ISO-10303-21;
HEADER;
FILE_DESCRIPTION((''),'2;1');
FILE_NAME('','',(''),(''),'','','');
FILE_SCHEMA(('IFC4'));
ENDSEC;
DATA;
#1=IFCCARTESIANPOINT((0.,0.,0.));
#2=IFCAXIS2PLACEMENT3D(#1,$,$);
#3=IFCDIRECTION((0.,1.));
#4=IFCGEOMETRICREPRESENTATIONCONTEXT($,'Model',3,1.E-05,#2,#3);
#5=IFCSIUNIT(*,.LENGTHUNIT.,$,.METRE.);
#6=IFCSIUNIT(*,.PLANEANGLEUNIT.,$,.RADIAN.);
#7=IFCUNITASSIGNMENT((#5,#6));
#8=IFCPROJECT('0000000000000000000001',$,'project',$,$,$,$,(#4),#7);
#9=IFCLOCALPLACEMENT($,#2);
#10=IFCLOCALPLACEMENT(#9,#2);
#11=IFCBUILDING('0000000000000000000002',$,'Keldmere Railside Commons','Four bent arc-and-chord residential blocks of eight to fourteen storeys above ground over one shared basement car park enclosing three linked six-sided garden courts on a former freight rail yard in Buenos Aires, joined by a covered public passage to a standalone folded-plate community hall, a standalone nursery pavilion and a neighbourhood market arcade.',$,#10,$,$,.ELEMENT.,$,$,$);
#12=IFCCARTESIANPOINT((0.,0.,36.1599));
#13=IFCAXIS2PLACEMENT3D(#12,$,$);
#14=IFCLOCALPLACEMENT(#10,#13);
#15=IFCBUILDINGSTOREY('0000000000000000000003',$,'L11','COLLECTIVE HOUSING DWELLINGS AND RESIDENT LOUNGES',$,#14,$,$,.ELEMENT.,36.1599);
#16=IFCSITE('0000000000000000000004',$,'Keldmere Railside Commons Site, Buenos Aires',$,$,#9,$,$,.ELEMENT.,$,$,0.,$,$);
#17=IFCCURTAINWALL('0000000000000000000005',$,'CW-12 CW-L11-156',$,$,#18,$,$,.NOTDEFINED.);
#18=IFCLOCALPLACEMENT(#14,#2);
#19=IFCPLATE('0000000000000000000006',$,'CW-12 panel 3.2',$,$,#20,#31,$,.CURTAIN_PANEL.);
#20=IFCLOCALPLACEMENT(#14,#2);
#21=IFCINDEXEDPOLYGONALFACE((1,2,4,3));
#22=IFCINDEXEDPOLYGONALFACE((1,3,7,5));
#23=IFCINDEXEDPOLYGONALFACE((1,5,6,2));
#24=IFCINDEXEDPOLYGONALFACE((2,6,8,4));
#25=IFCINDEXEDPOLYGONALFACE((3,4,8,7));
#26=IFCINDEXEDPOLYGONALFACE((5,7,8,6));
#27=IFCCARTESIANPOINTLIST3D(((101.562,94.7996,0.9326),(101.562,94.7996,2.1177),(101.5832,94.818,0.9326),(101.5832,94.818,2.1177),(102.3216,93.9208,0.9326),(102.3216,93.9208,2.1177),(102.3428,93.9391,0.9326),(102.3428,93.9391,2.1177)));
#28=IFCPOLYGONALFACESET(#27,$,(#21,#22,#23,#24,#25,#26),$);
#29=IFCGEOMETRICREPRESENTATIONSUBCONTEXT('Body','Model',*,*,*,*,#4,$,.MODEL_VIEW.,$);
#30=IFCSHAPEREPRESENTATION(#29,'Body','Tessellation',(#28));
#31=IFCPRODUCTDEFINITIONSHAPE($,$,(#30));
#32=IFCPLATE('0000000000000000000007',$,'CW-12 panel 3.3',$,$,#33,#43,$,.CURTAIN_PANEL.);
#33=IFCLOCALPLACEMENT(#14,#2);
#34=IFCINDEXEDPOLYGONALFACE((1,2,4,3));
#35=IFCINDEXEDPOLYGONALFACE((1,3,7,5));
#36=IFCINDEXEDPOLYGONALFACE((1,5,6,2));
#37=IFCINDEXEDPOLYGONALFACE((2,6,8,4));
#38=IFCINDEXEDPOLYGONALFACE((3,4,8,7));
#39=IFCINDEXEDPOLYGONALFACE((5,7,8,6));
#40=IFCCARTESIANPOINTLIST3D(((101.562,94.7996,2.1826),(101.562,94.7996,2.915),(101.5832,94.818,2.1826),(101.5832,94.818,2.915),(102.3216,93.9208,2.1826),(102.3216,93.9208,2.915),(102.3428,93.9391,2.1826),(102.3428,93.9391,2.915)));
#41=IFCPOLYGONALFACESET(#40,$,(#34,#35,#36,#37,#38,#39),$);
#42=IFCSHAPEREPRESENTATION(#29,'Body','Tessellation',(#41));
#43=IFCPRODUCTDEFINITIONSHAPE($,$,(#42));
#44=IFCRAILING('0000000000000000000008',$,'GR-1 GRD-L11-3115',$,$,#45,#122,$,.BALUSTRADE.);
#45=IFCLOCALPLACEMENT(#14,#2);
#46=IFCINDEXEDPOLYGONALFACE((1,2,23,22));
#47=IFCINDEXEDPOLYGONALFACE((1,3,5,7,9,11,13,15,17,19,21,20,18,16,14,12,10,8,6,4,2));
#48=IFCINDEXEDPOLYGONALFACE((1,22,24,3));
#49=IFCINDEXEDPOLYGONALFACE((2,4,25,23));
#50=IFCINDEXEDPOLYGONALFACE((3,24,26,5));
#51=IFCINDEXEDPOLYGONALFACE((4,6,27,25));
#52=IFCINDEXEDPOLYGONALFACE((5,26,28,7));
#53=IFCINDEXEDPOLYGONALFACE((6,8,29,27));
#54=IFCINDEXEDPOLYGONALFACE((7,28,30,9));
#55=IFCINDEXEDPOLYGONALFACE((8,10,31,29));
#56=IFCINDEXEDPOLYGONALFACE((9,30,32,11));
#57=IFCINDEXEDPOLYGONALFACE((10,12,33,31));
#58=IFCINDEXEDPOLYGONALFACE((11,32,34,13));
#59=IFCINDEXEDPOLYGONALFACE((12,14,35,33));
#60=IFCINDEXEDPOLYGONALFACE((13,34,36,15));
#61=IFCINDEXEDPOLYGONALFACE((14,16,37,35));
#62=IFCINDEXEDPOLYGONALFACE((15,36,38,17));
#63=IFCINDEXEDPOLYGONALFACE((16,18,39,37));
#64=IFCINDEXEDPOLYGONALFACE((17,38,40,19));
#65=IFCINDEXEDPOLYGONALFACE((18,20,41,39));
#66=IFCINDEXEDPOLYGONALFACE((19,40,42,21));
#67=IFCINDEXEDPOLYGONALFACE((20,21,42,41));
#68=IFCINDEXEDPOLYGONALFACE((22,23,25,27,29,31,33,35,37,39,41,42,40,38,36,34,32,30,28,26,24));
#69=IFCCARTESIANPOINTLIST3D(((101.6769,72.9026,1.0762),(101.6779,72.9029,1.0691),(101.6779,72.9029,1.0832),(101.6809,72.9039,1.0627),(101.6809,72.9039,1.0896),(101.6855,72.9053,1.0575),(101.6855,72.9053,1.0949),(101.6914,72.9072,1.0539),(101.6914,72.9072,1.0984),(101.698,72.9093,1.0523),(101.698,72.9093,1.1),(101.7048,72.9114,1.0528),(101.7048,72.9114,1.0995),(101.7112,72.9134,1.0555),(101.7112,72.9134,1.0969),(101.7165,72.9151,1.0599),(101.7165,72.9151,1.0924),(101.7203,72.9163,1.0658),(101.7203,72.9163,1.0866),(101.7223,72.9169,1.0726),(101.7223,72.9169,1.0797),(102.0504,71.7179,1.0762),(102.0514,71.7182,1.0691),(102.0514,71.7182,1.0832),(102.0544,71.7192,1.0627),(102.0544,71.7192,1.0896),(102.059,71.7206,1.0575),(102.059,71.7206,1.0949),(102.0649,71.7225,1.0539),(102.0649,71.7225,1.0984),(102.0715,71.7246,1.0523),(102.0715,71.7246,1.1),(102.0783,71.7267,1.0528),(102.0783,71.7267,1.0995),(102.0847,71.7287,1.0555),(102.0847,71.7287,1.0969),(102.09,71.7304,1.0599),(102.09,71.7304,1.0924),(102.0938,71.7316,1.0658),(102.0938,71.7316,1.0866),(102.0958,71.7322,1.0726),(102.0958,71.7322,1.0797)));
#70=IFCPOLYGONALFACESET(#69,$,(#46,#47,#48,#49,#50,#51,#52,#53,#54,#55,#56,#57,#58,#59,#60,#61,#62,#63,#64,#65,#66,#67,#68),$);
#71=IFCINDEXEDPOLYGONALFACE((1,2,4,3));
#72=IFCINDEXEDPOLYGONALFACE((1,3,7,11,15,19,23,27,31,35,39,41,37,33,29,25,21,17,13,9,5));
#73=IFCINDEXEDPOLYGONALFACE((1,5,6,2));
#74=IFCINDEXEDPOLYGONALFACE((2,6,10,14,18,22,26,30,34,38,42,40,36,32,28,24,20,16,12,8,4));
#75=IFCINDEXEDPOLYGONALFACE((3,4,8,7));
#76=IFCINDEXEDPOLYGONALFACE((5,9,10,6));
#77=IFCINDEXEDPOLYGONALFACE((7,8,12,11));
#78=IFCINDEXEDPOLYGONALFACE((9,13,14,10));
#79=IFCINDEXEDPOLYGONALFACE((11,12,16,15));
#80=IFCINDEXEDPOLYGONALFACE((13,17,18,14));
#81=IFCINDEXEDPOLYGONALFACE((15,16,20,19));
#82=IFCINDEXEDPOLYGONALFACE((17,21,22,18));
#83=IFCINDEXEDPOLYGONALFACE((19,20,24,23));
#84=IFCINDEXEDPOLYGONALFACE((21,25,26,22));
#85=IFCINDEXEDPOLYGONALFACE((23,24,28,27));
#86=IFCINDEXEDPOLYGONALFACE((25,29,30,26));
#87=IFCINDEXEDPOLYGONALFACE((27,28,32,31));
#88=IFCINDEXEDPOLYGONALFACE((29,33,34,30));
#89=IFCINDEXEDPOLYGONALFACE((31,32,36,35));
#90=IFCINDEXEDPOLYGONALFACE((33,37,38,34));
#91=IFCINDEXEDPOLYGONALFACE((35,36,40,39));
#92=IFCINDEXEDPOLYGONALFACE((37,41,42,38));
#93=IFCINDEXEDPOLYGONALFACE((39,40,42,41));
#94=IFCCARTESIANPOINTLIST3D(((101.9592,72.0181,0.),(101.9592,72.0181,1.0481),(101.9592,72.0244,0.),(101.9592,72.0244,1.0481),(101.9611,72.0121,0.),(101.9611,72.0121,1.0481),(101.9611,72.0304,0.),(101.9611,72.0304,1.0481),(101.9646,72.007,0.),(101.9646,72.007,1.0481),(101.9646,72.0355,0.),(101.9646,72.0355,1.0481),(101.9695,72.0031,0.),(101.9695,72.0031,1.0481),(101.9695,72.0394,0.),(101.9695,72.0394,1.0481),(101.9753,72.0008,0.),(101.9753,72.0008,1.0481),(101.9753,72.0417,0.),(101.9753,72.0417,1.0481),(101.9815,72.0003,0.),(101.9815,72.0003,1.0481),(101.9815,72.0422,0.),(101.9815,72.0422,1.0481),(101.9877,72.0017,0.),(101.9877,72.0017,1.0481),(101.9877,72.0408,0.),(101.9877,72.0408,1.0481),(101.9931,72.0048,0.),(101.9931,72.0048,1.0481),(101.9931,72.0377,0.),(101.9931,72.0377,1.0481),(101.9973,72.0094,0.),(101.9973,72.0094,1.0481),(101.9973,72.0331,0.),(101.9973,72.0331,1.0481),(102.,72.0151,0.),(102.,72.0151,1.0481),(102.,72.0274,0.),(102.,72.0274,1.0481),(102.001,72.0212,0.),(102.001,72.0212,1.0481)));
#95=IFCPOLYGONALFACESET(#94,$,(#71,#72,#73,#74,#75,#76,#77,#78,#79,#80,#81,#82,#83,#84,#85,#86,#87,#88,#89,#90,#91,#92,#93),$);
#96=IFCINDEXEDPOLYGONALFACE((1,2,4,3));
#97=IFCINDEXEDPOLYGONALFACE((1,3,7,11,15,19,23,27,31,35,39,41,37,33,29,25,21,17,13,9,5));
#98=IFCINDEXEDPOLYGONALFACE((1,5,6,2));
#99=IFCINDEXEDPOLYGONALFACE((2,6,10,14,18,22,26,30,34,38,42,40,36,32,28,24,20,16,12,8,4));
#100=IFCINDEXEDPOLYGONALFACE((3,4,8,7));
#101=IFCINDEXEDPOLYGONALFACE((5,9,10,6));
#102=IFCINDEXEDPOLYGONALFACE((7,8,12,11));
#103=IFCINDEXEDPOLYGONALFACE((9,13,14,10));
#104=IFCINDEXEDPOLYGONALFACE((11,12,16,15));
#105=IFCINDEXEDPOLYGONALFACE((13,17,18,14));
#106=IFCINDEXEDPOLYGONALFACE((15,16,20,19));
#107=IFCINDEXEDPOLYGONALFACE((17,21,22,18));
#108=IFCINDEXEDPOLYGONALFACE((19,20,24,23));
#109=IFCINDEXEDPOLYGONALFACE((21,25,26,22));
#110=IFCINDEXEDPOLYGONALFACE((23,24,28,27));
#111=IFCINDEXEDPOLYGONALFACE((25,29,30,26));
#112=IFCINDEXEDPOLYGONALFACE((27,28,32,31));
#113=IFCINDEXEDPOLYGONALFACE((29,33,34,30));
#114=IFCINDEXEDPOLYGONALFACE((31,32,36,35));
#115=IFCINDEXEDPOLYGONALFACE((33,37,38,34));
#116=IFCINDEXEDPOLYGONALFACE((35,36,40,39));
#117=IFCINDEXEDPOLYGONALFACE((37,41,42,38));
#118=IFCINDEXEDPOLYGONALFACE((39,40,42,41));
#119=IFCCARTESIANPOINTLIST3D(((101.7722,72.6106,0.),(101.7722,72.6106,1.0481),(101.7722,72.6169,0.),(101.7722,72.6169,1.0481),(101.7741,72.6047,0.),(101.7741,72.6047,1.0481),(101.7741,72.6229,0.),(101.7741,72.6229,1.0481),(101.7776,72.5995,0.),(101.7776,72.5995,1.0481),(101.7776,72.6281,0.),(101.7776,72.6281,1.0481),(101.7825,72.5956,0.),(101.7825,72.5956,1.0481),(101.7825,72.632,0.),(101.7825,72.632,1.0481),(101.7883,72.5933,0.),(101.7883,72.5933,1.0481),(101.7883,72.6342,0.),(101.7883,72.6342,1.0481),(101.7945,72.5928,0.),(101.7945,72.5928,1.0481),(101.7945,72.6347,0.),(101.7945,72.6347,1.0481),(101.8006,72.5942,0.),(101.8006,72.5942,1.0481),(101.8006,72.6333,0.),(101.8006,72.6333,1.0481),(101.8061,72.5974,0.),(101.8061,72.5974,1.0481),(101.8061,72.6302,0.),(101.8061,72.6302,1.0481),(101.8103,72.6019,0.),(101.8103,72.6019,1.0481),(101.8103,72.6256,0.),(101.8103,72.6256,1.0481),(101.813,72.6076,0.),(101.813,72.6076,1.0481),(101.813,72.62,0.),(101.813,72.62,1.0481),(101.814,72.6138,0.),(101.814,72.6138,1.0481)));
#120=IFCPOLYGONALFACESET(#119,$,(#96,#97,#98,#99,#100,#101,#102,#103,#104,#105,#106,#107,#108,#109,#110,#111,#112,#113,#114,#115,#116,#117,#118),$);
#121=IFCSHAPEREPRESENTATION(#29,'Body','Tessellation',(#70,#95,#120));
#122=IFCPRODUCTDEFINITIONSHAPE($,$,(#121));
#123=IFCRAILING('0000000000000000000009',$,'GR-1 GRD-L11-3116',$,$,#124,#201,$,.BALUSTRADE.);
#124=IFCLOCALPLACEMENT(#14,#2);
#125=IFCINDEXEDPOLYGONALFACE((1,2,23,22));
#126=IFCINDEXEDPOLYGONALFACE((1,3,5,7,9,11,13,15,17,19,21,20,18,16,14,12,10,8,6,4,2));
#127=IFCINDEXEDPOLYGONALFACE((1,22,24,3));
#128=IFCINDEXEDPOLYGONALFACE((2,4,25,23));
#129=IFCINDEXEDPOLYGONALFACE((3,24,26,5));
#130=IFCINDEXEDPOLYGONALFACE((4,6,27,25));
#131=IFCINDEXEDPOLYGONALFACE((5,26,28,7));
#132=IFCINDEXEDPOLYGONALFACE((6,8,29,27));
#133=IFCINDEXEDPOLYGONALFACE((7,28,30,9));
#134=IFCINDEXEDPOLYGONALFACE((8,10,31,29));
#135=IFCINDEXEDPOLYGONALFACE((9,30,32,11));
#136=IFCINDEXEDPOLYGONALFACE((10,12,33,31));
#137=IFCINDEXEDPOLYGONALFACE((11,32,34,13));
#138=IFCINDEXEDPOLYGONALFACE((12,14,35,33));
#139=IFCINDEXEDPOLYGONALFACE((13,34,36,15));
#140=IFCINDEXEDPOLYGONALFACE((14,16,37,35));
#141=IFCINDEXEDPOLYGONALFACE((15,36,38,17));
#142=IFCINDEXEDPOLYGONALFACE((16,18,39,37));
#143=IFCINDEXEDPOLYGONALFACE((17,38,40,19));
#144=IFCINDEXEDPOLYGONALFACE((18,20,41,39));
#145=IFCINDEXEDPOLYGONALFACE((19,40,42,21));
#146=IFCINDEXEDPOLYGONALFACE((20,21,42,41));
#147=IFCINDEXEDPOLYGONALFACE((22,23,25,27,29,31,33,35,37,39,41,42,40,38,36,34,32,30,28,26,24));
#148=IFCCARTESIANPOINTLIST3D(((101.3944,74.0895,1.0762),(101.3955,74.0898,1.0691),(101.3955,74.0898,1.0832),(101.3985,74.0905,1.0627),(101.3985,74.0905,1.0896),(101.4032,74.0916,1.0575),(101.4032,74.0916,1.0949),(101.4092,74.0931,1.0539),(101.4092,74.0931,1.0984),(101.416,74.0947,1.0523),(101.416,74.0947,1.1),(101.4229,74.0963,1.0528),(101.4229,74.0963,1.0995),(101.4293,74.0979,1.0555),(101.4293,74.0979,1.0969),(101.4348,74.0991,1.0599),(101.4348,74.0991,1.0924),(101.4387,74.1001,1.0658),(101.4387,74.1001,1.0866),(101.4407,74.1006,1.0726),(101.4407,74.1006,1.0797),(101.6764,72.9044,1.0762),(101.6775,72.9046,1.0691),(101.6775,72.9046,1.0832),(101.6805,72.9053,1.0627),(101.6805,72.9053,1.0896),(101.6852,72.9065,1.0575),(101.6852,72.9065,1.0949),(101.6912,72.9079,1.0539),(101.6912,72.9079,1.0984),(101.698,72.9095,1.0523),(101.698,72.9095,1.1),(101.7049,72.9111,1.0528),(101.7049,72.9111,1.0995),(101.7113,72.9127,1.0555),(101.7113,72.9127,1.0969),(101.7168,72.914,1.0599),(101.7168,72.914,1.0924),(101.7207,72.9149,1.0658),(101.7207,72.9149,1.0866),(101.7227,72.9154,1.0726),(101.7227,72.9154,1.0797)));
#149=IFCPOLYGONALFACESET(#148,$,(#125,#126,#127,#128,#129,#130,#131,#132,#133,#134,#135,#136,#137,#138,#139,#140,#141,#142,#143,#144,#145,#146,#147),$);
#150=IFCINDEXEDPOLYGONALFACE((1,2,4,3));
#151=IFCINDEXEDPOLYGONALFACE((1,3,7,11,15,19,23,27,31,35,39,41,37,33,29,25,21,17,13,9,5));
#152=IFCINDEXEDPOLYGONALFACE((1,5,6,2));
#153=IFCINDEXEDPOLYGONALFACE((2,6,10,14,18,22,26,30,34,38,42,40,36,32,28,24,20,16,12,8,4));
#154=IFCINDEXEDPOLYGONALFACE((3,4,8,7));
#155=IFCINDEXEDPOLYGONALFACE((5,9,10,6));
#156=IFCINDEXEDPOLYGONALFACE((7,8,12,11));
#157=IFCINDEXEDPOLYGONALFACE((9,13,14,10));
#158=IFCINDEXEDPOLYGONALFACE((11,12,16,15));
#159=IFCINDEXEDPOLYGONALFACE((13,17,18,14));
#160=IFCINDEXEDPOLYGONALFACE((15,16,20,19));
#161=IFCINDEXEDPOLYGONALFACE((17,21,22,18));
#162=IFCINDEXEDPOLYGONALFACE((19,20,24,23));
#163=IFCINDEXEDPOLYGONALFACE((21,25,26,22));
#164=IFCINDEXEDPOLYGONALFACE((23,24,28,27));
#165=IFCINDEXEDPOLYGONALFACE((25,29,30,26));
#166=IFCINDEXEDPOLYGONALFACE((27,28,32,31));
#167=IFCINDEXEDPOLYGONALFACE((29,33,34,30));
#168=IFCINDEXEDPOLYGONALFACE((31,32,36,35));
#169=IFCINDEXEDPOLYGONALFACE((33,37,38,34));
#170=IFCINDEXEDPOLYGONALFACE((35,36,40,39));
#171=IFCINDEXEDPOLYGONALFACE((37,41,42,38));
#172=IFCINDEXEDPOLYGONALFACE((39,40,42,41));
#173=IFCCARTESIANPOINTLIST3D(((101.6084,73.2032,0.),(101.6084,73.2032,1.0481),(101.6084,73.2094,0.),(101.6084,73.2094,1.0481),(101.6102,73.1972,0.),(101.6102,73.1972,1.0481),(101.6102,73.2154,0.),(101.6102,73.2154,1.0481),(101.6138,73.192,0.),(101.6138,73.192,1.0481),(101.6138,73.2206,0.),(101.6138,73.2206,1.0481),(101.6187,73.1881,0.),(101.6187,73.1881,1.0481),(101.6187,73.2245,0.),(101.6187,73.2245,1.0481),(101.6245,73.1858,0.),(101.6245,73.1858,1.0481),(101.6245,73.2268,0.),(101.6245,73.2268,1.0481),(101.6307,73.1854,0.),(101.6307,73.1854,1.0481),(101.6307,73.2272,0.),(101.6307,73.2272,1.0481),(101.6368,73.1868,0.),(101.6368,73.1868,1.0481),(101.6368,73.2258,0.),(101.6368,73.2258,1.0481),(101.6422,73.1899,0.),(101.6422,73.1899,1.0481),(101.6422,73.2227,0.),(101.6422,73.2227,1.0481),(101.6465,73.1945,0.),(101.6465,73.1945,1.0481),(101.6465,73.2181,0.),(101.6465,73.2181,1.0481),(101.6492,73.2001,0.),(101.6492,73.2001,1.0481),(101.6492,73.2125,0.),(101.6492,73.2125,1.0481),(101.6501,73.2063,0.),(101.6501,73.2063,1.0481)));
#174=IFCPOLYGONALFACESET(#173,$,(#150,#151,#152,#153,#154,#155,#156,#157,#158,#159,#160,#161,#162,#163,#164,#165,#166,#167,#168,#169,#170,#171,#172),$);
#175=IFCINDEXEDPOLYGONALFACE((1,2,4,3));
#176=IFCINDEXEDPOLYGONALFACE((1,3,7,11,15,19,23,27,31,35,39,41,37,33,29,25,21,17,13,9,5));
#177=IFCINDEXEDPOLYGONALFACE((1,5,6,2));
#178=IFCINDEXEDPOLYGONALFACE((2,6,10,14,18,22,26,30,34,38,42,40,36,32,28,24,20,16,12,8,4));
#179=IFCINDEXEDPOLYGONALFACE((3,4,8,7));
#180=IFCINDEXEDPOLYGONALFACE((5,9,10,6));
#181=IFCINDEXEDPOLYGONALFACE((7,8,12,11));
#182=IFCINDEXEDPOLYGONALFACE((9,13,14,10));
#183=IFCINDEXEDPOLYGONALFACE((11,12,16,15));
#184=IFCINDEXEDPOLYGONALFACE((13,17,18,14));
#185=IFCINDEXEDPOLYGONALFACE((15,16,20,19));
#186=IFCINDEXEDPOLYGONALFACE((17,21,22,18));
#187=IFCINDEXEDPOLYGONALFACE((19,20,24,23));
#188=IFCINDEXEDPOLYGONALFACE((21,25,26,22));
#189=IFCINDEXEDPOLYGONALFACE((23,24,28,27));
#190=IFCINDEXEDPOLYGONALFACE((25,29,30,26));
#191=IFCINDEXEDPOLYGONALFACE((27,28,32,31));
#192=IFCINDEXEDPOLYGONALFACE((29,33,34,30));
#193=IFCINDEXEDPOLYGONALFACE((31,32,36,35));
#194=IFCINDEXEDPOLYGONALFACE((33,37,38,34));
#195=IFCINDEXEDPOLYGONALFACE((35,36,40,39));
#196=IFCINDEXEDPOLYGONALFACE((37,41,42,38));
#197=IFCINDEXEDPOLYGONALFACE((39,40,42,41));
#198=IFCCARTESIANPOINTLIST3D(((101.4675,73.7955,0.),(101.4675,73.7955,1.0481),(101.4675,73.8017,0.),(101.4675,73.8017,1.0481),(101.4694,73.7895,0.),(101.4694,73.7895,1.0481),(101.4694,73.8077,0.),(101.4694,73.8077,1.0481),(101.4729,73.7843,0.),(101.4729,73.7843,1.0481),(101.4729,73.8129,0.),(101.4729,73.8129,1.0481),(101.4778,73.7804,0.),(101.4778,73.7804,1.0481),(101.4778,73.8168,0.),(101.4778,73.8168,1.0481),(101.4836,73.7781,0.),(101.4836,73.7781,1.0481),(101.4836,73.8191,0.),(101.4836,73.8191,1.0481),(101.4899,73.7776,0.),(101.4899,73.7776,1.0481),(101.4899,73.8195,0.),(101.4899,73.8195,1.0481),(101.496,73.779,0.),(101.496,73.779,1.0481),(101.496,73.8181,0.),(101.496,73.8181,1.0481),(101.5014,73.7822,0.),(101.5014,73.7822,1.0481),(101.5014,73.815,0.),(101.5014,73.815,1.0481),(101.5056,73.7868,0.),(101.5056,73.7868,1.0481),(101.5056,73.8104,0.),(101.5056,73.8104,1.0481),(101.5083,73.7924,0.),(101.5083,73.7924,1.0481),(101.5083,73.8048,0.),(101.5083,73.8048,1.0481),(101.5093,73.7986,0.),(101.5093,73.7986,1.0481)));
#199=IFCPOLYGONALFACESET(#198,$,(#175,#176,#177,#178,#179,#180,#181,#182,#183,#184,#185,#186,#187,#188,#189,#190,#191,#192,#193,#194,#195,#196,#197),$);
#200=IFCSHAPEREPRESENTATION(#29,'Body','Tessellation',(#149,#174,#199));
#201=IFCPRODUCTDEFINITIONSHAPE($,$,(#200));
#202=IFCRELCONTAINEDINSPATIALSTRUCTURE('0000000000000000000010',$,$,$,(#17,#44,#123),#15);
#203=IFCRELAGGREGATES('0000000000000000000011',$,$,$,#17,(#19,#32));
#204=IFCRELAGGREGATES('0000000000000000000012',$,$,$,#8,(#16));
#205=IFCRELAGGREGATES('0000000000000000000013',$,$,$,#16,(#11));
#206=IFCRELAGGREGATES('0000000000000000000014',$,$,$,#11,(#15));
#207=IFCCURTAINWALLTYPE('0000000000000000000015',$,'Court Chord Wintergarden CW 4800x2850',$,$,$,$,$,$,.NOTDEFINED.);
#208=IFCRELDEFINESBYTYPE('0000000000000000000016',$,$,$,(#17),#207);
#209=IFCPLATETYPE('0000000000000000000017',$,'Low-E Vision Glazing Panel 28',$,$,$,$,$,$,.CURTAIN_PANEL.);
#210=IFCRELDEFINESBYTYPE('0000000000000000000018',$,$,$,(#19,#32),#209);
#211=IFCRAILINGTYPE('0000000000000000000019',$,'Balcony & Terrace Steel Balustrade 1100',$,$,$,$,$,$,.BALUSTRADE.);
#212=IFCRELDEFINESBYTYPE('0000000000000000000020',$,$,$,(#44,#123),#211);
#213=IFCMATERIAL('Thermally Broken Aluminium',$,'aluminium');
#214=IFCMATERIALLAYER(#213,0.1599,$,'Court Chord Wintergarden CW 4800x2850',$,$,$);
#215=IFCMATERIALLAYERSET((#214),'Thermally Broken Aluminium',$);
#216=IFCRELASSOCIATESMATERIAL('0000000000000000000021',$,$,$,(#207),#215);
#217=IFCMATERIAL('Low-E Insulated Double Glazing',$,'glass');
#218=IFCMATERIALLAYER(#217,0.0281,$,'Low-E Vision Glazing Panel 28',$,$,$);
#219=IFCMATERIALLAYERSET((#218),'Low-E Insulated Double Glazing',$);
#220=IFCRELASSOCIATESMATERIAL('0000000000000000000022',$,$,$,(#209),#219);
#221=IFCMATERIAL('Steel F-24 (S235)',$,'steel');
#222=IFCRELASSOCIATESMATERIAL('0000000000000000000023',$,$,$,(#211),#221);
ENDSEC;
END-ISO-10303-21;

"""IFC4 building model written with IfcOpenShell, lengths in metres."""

from ifc_helpers import new_model, si_unit, direction, frame, origin, origin_2d, place, context, subcontext, project, spatial, rectangle, circle, extrude, material, layer, layer_set, type_object, element, aggregate, save


model = new_model("IFC4")

# Units and contexts
model_context = context("Model", 3, precision=1e-05, world=origin(), true_north=direction((0.0, 1.0)))
body_context = subcontext(model_context, "Body", "Model", "MODEL_VIEW")
ifc_project = project(units=[si_unit("LENGTHUNIT", "METRE"), si_unit("PLANEANGLEUNIT", "RADIAN")], contexts=[model_context])

# Site, building, storey
site_placement = place(None, origin())
site = spatial("IfcSite", under=ifc_project, at=site_placement, Name="Keldmere Railside Commons Site, Buenos Aires", CompositionType="ELEMENT", RefElevation=0.0)
building_placement = place(site_placement, origin())
building = spatial("IfcBuilding", under=site, at=building_placement, Name="Keldmere Railside Commons", Description="Four bent arc-and-chord residential blocks of eight to fourteen storeys above ground over one shared basement car park enclosing three linked six-sided garden courts on a former freight rail yard in Buenos Aires, joined by a covered public passage to a standalone folded-plate community hall, a standalone nursery pavilion and a neighbourhood market arcade.", CompositionType="ELEMENT")
storey_placement = place(building_placement, frame((0.0, 0.0, 36.1599)))
storey = spatial("IfcBuildingStorey", under=building, at=storey_placement, Name="L11", Description="COLLECTIVE HOUSING DWELLINGS AND RESIDENT LOUNGES", CompositionType="ELEMENT", Elevation=36.1599)

# Curtain wall
ifc_material_1 = material(Name="Thermally Broken Aluminium", Category="aluminium")
ifc_layer_1 = layer(ifc_material_1, 0.1599, Name="Court Chord Wintergarden CW 4800x2850")
ifc_layer_set_1 = layer_set([ifc_layer_1], Name="Thermally Broken Aluminium")
curtain_wall_type_1 = type_object("IfcCurtainWallType", Name="Court Chord Wintergarden CW 4800x2850", PredefinedType="NOTDEFINED", material=ifc_layer_set_1)
curtain_wall_1_placement = place(storey_placement, origin())
curtain_wall_1 = element("IfcCurtainWall", 1, at=curtain_wall_1_placement, inside=storey, type_object=curtain_wall_type_1, Name="CW-12 CW-L11-156", PredefinedType="NOTDEFINED")

# Plates
ifc_material_2 = material(Name="Low-E Insulated Double Glazing", Category="glass")
ifc_layer_2 = layer(ifc_material_2, 0.0281, Name="Low-E Vision Glazing Panel 28")
ifc_layer_set_2 = layer_set([ifc_layer_2], Name="Low-E Insulated Double Glazing")
plate_type = type_object("IfcPlateType", Name="Low-E Vision Glazing Panel 28", PredefinedType="CURTAIN_PANEL", material=ifc_layer_set_2)
plate_1_placement = place(storey_placement, frame((101.9524, 94.3694, 0.9326), z_axis=(0.0, 0.0, 1.0), x_axis=(-0.653882, 0.756597, 0.0)))
plate_1 = element("IfcPlate", 2, at=plate_1_placement, type_object=plate_type, Name="CW-12 panel 3.2", PredefinedType="CURTAIN_PANEL", context=body_context, shape_type="SweptSolid", body=[
    extrude(rectangle(XDim=1.1616, YDim=0.0281, at=origin_2d()), origin(), (0.0, 0.0, 1.0), 1.1851),
])
plate_2_placement = place(storey_placement, frame((101.9524, 94.3694, 2.1826), z_axis=(0.0, 0.0, 1.0), x_axis=(-0.653882, 0.756597, 0.0)))
plate_2 = element("IfcPlate", 3, at=plate_2_placement, type_object=plate_type, Name="CW-12 panel 3.3", PredefinedType="CURTAIN_PANEL", context=body_context, shape_type="SweptSolid", body=[
    extrude(rectangle(XDim=1.1616, YDim=0.0281, at=origin_2d()), origin(), (0.0, 0.0, 1.0), 0.7324),
])
aggregate(curtain_wall_1, [plate_1, plate_2])

# Railings
ifc_material_3 = material(Name="Steel F-24 (S235)", Category="steel")
railing_type = type_object("IfcRailingType", Name="Balcony & Terrace Steel Balustrade 1100", PredefinedType="BALUSTRADE", material=ifc_material_3)
railing_1_placement = place(storey_placement, frame((102.0732, 71.7251, 0.0)))
element("IfcRailing", 4, at=railing_1_placement, inside=storey, type_object=railing_type, Name="GR-1 GRD-L11-3115", PredefinedType="BALUSTRADE", context=body_context, shape_type="SweptSolid", body=[
    extrude(circle(Radius=0.0239, at=origin_2d()), frame((0.0, 0.0, 1.0762), z_axis=(-0.30068, 0.953725, 0.0), x_axis=(-0.953725, -0.30068, 0.0)), (0.0, 0.0, 1.0), 1.2422),
    extrude(circle(Radius=0.021, at=origin_2d()), frame((-0.0933, 0.2961, 0.0)), (0.0, 0.0, 1.0), 1.0481),
    extrude(circle(Radius=0.021, at=origin_2d()), frame((-0.2803, 0.8887, 0.0)), (0.0, 0.0, 1.0), 1.0481),
])
railing_2_placement = place(storey_placement, frame((101.6997, 72.9099, 0.0)))
element("IfcRailing", 5, at=railing_2_placement, inside=storey, type_object=railing_type, Name="GR-1 GRD-L11-3116", PredefinedType="BALUSTRADE", context=body_context, shape_type="SweptSolid", body=[
    extrude(circle(Radius=0.0239, at=origin_2d()), frame((0.0, 0.0, 1.0762), z_axis=(-0.231485, 0.972838, 0.0), x_axis=(-0.972838, -0.231485, 0.0)), (0.0, 0.0, 1.0), 1.2183),
    extrude(circle(Radius=0.021, at=origin_2d()), frame((-0.0706, 0.2964, 0.0)), (0.0, 0.0, 1.0), 1.0481),
    extrude(circle(Radius=0.021, at=origin_2d()), frame((-0.2114, 0.8887, 0.0)), (0.0, 0.0, 1.0), 1.0481),
])

save(model, "model.ifc")
